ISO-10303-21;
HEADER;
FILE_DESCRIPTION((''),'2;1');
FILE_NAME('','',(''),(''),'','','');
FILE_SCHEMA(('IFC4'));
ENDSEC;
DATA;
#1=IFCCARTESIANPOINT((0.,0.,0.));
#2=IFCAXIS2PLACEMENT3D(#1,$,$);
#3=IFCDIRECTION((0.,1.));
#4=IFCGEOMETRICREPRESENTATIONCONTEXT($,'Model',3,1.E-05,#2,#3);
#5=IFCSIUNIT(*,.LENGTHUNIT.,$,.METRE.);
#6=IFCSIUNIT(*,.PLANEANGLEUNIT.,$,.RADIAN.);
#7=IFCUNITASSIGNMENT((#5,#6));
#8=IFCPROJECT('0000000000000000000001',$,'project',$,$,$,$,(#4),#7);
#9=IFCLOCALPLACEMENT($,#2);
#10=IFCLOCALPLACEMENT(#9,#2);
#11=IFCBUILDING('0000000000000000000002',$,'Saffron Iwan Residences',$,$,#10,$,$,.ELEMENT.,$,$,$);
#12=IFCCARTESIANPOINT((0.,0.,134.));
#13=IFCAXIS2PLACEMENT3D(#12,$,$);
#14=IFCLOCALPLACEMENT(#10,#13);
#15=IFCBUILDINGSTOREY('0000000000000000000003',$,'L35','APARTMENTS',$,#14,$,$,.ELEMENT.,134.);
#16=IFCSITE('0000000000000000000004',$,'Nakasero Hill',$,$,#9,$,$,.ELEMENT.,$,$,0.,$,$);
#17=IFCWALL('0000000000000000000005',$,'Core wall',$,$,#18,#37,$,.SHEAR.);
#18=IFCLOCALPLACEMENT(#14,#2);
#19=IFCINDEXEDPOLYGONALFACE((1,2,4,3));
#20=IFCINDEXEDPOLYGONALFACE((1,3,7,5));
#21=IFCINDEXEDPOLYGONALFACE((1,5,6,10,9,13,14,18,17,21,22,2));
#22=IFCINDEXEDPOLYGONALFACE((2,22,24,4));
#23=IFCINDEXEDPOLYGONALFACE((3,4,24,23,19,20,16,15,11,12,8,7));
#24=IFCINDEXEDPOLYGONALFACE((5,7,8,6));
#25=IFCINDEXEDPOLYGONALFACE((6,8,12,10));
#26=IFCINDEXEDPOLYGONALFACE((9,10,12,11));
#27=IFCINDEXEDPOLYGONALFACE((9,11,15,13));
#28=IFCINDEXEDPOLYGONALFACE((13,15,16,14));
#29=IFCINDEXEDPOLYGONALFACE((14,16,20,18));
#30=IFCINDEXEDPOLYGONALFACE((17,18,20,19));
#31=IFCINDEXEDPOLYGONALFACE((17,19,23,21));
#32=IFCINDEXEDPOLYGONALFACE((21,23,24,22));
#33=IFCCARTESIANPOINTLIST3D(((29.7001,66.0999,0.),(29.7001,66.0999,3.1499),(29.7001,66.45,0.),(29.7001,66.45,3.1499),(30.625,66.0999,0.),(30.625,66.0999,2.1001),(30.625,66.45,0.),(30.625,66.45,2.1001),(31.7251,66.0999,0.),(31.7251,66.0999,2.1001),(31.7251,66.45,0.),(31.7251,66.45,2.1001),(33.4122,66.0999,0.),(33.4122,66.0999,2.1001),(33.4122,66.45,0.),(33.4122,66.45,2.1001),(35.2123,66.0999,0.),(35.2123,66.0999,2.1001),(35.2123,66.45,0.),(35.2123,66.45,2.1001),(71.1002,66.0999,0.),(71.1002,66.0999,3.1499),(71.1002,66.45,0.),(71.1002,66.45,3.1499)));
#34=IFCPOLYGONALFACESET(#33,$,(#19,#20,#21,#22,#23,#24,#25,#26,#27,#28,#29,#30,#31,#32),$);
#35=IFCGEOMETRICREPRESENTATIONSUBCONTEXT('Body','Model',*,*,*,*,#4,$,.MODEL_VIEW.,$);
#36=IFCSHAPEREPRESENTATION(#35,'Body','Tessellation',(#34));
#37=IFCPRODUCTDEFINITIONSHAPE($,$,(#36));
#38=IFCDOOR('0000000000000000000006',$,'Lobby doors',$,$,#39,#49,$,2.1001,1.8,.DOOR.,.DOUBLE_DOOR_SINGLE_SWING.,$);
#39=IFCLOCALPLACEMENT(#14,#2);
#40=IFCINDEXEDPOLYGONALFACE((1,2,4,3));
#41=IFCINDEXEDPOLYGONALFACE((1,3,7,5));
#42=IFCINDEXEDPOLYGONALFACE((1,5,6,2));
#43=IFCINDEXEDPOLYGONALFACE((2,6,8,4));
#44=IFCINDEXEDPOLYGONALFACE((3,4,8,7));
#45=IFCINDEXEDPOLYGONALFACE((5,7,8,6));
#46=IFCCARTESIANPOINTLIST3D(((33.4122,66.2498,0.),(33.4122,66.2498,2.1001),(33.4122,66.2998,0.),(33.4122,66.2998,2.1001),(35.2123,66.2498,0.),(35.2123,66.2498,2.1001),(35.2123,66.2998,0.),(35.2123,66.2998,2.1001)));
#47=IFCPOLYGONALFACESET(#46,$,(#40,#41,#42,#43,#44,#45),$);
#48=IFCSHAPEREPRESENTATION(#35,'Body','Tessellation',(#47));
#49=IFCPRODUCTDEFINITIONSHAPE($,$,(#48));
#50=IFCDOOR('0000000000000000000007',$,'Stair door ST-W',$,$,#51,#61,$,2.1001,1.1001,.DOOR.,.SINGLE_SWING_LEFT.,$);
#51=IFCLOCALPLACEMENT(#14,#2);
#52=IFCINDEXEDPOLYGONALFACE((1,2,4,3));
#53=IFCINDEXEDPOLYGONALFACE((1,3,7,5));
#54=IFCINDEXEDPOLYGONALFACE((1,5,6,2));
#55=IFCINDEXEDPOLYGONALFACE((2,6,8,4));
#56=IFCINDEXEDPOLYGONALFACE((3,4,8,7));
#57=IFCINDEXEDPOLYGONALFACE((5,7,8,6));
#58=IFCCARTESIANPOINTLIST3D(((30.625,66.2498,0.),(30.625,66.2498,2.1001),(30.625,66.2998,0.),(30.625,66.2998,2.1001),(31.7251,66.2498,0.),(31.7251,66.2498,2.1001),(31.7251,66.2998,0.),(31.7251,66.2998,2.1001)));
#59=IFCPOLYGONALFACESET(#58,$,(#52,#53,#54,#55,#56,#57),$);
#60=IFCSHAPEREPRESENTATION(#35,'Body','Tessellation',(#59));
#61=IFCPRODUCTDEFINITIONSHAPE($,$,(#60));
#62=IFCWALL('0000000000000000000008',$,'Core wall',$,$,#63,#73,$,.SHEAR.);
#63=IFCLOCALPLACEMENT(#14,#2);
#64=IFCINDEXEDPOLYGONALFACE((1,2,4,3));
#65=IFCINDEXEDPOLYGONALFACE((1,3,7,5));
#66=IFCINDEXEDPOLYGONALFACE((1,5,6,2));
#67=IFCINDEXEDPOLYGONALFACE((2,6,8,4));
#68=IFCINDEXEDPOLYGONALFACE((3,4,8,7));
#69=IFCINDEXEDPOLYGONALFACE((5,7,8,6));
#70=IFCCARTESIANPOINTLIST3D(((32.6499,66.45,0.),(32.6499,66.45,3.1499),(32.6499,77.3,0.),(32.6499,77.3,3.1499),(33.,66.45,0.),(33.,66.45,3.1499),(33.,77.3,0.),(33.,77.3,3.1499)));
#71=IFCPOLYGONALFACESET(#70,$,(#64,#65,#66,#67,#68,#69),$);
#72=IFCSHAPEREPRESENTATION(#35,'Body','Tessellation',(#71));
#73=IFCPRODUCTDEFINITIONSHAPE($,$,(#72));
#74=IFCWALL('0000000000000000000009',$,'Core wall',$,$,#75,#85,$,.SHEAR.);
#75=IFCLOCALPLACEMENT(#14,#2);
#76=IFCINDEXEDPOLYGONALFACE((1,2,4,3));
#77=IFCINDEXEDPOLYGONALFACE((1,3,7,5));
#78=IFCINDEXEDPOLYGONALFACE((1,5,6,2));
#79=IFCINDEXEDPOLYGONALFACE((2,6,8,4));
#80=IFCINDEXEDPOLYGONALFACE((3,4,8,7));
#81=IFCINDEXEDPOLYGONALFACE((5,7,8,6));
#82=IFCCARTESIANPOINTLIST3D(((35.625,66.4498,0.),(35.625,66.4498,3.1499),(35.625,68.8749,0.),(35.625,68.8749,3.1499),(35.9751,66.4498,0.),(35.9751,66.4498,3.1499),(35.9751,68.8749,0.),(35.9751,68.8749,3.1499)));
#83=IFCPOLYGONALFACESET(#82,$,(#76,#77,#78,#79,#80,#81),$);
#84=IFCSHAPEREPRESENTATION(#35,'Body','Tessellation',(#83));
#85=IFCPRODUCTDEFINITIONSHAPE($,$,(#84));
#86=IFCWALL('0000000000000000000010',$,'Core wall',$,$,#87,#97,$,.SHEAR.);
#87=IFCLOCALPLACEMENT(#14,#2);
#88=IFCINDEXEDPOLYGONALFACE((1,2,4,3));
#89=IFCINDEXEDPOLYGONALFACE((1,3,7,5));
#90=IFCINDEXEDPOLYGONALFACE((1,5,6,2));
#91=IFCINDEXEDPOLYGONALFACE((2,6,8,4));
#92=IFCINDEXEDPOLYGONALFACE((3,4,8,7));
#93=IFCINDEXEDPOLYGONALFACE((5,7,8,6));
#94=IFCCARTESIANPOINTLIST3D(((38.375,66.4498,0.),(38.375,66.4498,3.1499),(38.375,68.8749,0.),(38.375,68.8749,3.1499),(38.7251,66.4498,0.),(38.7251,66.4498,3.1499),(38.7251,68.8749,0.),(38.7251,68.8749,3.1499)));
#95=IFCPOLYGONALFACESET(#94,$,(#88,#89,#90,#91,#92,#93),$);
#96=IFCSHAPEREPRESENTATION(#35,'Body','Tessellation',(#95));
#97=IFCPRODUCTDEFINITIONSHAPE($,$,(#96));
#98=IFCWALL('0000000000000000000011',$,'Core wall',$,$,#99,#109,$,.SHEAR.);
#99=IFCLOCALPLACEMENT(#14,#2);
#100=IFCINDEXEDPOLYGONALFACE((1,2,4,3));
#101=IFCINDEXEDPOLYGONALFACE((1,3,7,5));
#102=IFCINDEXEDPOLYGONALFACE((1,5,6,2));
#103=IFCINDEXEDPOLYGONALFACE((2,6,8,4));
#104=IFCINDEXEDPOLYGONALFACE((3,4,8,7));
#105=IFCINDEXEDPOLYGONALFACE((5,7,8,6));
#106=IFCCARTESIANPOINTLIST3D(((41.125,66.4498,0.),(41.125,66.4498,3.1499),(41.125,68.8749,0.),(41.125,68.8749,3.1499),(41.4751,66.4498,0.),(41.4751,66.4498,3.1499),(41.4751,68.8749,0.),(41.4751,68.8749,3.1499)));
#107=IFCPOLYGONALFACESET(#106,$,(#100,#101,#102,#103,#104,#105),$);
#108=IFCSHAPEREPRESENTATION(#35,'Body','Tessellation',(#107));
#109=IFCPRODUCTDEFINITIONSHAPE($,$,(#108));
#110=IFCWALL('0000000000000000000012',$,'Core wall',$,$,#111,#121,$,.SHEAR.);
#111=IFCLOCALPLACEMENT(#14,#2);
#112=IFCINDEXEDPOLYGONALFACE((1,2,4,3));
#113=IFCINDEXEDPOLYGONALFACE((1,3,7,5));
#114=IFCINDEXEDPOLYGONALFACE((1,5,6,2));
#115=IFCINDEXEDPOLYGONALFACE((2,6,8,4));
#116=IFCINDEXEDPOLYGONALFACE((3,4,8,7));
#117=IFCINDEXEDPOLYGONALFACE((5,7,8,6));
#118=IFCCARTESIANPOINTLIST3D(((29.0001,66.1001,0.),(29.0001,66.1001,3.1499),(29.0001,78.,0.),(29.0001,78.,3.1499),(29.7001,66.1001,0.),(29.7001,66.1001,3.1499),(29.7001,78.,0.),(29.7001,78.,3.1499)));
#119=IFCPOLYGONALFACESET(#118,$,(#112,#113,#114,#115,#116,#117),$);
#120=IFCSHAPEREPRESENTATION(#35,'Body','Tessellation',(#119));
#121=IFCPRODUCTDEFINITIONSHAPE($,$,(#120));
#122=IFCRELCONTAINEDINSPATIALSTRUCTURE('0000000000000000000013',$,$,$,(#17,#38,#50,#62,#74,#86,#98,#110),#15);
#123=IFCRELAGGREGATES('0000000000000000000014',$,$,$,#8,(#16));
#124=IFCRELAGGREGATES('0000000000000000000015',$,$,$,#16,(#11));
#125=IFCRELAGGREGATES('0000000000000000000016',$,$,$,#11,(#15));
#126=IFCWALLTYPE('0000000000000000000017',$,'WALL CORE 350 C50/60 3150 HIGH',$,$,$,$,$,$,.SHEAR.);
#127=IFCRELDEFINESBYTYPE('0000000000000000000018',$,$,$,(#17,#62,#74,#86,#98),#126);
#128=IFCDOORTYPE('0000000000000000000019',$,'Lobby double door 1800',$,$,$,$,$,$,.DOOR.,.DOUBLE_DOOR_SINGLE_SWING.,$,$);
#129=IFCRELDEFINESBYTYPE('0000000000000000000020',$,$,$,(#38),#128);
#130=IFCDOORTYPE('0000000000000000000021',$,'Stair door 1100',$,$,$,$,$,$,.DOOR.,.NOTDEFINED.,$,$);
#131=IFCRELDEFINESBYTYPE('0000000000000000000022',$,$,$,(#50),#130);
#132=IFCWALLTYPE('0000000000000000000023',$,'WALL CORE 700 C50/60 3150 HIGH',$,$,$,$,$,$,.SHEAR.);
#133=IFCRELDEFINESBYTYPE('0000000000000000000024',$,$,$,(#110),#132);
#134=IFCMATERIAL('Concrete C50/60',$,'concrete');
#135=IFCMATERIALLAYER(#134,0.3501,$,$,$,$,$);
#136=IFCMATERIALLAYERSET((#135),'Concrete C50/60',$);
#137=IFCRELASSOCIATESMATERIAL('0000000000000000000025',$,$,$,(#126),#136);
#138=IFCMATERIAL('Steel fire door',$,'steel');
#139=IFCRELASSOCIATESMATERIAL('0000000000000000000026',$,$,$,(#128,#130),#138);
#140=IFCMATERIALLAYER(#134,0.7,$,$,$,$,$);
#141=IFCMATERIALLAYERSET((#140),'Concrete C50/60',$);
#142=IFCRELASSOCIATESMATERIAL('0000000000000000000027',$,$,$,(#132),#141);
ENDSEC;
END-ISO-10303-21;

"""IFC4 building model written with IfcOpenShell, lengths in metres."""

from ifc_helpers import new_model, si_unit, direction, frame, frame_2d, origin, place, context, subcontext, project, spatial, rectangle, extrude, material, layer, layer_set, type_object, element, fill, save


model = new_model("IFC4")

# Units and contexts
model_context = context("Model", 3, precision=1e-05, world=origin(), true_north=direction((0.0, 1.0)))
body_context = subcontext(model_context, "Body", "Model", "MODEL_VIEW")
ifc_project = project(units=[si_unit("LENGTHUNIT", "METRE"), si_unit("PLANEANGLEUNIT", "RADIAN")], contexts=[model_context])

# Site, building, storey
site_placement = place(None, origin())
site = spatial("IfcSite", under=ifc_project, at=site_placement, Name="Nakasero Hill", CompositionType="ELEMENT", RefElevation=0.0)
building_placement = place(site_placement, origin())
building = spatial("IfcBuilding", under=site, at=building_placement, Name="Saffron Iwan Residences", CompositionType="ELEMENT")
storey_placement = place(building_placement, frame((0.0, 0.0, 134.0)))
storey = spatial("IfcBuildingStorey", under=building, at=storey_placement, Name="L35", Description="APARTMENTS", CompositionType="ELEMENT", Elevation=134.0)

# Shared definitions
ifc_material_1 = material(Name="Concrete C50/60", Category="concrete")

# Wall, openings, doors
ifc_layer_1 = layer(ifc_material_1, 0.3501)
ifc_layer_set_1 = layer_set([ifc_layer_1], Name="Concrete C50/60")
wall_type_1 = type_object("IfcWallType", Name="WALL CORE 350 C50/60 3150 HIGH", PredefinedType="SHEAR", material=ifc_layer_set_1)
wall_1_placement = place(storey_placement, frame((29.7, 66.2749, 0.0), z_axis=(0.0, 0.0, 1.0), x_axis=(1.0, 0.0, 0.0)))
wall_1 = element("IfcWall", 1, at=wall_1_placement, inside=storey, type_object=wall_type_1, Name="Core wall", PredefinedType="SHEAR", context=body_context, shape_type="SweptSolid", body=[
    extrude(rectangle(XDim=41.4001, YDim=0.3501, at=frame_2d((20.7002, 0.0))), origin(), (0.0, 0.0, 1.0), 3.1499),
])
opening_1_placement = place(wall_1_placement, frame((0.925, 0.0, 0.0)))
opening_1 = element("IfcOpeningElement", 2, at=opening_1_placement, cuts=wall_1, PredefinedType="OPENING", context=body_context, shape_type="SweptSolid", body=[
    extrude(rectangle(XDim=1.1001, YDim=2.1001, at=frame_2d((0.55, 1.05))), frame((0.0, 0.1851, 0.0), z_axis=(0.0, -1.0, 0.0), x_axis=(1.0, 0.0, 0.0)), (0.0, 0.0, 1.0), 0.3701),
])
opening_2_placement = place(wall_1_placement, frame((3.7124, 0.0, 0.0)))
opening_2 = element("IfcOpeningElement", 3, at=opening_2_placement, cuts=wall_1, PredefinedType="OPENING", context=body_context, shape_type="SweptSolid", body=[
    extrude(rectangle(XDim=1.8, YDim=2.1001, at=frame_2d((0.8999, 1.05))), frame((0.0, 0.1851, 0.0), z_axis=(0.0, -1.0, 0.0), x_axis=(1.0, 0.0, 0.0)), (0.0, 0.0, 1.0), 0.3701),
])
ifc_material_2 = material(Name="Steel fire door", Category="steel")
door_type_1 = type_object("IfcDoorType", Name="Lobby double door 1800", OperationType="DOUBLE_DOOR_SINGLE_SWING", PredefinedType="DOOR", material=ifc_material_2)
door_1_placement = place(opening_2_placement, origin())
door_1 = element("IfcDoor", 4, at=door_1_placement, inside=storey, type_object=door_type_1, Name="Lobby doors", OperationType="DOUBLE_DOOR_SINGLE_SWING", OverallHeight=2.1001, OverallWidth=1.8, PredefinedType="DOOR", context=body_context, shape_type="SweptSolid", body=[
    extrude(rectangle(XDim=1.8, YDim=2.1001, at=frame_2d((0.8999, 1.05))), frame((0.0, 0.0249, 0.0), z_axis=(0.0, -1.0, 0.0), x_axis=(1.0, 0.0, 0.0)), (0.0, 0.0, 1.0), 0.05),
])
fill(opening_2, door_1)
door_type_2 = type_object("IfcDoorType", Name="Stair door 1100", OperationType="NOTDEFINED", PredefinedType="DOOR", material=ifc_material_2)
door_2_placement = place(opening_1_placement, origin())
door_2 = element("IfcDoor", 5, at=door_2_placement, inside=storey, type_object=door_type_2, Name="Stair door ST-W", OperationType="SINGLE_SWING_LEFT", OverallHeight=2.1001, OverallWidth=1.1001, PredefinedType="DOOR", context=body_context, shape_type="SweptSolid", body=[
    extrude(rectangle(XDim=1.1001, YDim=2.1001, at=frame_2d((0.55, 1.05))), frame((0.0, 0.0249, 0.0), z_axis=(0.0, -1.0, 0.0), x_axis=(1.0, 0.0, 0.0)), (0.0, 0.0, 1.0), 0.05),
])
fill(opening_1, door_2)

# Walls
wall_2_placement = place(storey_placement, frame((32.825, 66.45, 0.0), z_axis=(0.0, 0.0, 1.0), x_axis=(0.0, 1.0, 0.0)))
element("IfcWall", 6, at=wall_2_placement, inside=storey, type_object=wall_type_1, Name="Core wall", PredefinedType="SHEAR", context=body_context, shape_type="SweptSolid", body=[
    extrude(rectangle(XDim=10.8501, YDim=0.3501, at=frame_2d((5.425, 0.0))), origin(), (0.0, 0.0, 1.0), 3.1499),
])
for number, where, z_axis, x_axis, name in (
    (7, (35.8, 66.45, 0.0), (0.0, 0.0, 1.0), (0.0, 1.0, 0.0), "Core wall"),
    (8, (38.55, 66.45, 0.0), (0.0, 0.0, 1.0), (0.0, 1.0, 0.0), "Core wall"),
    (9, (41.3, 66.45, 0.0), (0.0, 0.0, 1.0), (0.0, 1.0, 0.0), "Core wall"),
):
    element("IfcWall", number, at=place(storey_placement, frame(where, z_axis=z_axis, x_axis=x_axis)), inside=storey, type_object=wall_type_1, Name=name, PredefinedType="SHEAR", context=body_context, shape_type="SweptSolid", body=[
        extrude(rectangle(XDim=2.425, YDim=0.3501, at=frame_2d((1.2124, 0.0))), origin(), (0.0, 0.0, 1.0), 3.1499),
    ])
ifc_layer_2 = layer(ifc_material_1, 0.7)
ifc_layer_set_2 = layer_set([ifc_layer_2], Name="Concrete C50/60")
wall_type_2 = type_object("IfcWallType", Name="WALL CORE 700 C50/60 3150 HIGH", PredefinedType="SHEAR", material=ifc_layer_set_2)
wall_3_placement = place(storey_placement, frame((29.3501, 66.1001, 0.0), z_axis=(0.0, 0.0, 1.0), x_axis=(0.0, 1.0, 0.0)))
element("IfcWall", 10, at=wall_3_placement, inside=storey, type_object=wall_type_2, Name="Core wall", PredefinedType="SHEAR", context=body_context, shape_type="SweptSolid", body=[
    extrude(rectangle(XDim=11.8999, YDim=0.7, at=frame_2d((5.95, 0.0))), origin(), (0.0, 0.0, 1.0), 3.1499),
])

save(model, "model.ifc")
